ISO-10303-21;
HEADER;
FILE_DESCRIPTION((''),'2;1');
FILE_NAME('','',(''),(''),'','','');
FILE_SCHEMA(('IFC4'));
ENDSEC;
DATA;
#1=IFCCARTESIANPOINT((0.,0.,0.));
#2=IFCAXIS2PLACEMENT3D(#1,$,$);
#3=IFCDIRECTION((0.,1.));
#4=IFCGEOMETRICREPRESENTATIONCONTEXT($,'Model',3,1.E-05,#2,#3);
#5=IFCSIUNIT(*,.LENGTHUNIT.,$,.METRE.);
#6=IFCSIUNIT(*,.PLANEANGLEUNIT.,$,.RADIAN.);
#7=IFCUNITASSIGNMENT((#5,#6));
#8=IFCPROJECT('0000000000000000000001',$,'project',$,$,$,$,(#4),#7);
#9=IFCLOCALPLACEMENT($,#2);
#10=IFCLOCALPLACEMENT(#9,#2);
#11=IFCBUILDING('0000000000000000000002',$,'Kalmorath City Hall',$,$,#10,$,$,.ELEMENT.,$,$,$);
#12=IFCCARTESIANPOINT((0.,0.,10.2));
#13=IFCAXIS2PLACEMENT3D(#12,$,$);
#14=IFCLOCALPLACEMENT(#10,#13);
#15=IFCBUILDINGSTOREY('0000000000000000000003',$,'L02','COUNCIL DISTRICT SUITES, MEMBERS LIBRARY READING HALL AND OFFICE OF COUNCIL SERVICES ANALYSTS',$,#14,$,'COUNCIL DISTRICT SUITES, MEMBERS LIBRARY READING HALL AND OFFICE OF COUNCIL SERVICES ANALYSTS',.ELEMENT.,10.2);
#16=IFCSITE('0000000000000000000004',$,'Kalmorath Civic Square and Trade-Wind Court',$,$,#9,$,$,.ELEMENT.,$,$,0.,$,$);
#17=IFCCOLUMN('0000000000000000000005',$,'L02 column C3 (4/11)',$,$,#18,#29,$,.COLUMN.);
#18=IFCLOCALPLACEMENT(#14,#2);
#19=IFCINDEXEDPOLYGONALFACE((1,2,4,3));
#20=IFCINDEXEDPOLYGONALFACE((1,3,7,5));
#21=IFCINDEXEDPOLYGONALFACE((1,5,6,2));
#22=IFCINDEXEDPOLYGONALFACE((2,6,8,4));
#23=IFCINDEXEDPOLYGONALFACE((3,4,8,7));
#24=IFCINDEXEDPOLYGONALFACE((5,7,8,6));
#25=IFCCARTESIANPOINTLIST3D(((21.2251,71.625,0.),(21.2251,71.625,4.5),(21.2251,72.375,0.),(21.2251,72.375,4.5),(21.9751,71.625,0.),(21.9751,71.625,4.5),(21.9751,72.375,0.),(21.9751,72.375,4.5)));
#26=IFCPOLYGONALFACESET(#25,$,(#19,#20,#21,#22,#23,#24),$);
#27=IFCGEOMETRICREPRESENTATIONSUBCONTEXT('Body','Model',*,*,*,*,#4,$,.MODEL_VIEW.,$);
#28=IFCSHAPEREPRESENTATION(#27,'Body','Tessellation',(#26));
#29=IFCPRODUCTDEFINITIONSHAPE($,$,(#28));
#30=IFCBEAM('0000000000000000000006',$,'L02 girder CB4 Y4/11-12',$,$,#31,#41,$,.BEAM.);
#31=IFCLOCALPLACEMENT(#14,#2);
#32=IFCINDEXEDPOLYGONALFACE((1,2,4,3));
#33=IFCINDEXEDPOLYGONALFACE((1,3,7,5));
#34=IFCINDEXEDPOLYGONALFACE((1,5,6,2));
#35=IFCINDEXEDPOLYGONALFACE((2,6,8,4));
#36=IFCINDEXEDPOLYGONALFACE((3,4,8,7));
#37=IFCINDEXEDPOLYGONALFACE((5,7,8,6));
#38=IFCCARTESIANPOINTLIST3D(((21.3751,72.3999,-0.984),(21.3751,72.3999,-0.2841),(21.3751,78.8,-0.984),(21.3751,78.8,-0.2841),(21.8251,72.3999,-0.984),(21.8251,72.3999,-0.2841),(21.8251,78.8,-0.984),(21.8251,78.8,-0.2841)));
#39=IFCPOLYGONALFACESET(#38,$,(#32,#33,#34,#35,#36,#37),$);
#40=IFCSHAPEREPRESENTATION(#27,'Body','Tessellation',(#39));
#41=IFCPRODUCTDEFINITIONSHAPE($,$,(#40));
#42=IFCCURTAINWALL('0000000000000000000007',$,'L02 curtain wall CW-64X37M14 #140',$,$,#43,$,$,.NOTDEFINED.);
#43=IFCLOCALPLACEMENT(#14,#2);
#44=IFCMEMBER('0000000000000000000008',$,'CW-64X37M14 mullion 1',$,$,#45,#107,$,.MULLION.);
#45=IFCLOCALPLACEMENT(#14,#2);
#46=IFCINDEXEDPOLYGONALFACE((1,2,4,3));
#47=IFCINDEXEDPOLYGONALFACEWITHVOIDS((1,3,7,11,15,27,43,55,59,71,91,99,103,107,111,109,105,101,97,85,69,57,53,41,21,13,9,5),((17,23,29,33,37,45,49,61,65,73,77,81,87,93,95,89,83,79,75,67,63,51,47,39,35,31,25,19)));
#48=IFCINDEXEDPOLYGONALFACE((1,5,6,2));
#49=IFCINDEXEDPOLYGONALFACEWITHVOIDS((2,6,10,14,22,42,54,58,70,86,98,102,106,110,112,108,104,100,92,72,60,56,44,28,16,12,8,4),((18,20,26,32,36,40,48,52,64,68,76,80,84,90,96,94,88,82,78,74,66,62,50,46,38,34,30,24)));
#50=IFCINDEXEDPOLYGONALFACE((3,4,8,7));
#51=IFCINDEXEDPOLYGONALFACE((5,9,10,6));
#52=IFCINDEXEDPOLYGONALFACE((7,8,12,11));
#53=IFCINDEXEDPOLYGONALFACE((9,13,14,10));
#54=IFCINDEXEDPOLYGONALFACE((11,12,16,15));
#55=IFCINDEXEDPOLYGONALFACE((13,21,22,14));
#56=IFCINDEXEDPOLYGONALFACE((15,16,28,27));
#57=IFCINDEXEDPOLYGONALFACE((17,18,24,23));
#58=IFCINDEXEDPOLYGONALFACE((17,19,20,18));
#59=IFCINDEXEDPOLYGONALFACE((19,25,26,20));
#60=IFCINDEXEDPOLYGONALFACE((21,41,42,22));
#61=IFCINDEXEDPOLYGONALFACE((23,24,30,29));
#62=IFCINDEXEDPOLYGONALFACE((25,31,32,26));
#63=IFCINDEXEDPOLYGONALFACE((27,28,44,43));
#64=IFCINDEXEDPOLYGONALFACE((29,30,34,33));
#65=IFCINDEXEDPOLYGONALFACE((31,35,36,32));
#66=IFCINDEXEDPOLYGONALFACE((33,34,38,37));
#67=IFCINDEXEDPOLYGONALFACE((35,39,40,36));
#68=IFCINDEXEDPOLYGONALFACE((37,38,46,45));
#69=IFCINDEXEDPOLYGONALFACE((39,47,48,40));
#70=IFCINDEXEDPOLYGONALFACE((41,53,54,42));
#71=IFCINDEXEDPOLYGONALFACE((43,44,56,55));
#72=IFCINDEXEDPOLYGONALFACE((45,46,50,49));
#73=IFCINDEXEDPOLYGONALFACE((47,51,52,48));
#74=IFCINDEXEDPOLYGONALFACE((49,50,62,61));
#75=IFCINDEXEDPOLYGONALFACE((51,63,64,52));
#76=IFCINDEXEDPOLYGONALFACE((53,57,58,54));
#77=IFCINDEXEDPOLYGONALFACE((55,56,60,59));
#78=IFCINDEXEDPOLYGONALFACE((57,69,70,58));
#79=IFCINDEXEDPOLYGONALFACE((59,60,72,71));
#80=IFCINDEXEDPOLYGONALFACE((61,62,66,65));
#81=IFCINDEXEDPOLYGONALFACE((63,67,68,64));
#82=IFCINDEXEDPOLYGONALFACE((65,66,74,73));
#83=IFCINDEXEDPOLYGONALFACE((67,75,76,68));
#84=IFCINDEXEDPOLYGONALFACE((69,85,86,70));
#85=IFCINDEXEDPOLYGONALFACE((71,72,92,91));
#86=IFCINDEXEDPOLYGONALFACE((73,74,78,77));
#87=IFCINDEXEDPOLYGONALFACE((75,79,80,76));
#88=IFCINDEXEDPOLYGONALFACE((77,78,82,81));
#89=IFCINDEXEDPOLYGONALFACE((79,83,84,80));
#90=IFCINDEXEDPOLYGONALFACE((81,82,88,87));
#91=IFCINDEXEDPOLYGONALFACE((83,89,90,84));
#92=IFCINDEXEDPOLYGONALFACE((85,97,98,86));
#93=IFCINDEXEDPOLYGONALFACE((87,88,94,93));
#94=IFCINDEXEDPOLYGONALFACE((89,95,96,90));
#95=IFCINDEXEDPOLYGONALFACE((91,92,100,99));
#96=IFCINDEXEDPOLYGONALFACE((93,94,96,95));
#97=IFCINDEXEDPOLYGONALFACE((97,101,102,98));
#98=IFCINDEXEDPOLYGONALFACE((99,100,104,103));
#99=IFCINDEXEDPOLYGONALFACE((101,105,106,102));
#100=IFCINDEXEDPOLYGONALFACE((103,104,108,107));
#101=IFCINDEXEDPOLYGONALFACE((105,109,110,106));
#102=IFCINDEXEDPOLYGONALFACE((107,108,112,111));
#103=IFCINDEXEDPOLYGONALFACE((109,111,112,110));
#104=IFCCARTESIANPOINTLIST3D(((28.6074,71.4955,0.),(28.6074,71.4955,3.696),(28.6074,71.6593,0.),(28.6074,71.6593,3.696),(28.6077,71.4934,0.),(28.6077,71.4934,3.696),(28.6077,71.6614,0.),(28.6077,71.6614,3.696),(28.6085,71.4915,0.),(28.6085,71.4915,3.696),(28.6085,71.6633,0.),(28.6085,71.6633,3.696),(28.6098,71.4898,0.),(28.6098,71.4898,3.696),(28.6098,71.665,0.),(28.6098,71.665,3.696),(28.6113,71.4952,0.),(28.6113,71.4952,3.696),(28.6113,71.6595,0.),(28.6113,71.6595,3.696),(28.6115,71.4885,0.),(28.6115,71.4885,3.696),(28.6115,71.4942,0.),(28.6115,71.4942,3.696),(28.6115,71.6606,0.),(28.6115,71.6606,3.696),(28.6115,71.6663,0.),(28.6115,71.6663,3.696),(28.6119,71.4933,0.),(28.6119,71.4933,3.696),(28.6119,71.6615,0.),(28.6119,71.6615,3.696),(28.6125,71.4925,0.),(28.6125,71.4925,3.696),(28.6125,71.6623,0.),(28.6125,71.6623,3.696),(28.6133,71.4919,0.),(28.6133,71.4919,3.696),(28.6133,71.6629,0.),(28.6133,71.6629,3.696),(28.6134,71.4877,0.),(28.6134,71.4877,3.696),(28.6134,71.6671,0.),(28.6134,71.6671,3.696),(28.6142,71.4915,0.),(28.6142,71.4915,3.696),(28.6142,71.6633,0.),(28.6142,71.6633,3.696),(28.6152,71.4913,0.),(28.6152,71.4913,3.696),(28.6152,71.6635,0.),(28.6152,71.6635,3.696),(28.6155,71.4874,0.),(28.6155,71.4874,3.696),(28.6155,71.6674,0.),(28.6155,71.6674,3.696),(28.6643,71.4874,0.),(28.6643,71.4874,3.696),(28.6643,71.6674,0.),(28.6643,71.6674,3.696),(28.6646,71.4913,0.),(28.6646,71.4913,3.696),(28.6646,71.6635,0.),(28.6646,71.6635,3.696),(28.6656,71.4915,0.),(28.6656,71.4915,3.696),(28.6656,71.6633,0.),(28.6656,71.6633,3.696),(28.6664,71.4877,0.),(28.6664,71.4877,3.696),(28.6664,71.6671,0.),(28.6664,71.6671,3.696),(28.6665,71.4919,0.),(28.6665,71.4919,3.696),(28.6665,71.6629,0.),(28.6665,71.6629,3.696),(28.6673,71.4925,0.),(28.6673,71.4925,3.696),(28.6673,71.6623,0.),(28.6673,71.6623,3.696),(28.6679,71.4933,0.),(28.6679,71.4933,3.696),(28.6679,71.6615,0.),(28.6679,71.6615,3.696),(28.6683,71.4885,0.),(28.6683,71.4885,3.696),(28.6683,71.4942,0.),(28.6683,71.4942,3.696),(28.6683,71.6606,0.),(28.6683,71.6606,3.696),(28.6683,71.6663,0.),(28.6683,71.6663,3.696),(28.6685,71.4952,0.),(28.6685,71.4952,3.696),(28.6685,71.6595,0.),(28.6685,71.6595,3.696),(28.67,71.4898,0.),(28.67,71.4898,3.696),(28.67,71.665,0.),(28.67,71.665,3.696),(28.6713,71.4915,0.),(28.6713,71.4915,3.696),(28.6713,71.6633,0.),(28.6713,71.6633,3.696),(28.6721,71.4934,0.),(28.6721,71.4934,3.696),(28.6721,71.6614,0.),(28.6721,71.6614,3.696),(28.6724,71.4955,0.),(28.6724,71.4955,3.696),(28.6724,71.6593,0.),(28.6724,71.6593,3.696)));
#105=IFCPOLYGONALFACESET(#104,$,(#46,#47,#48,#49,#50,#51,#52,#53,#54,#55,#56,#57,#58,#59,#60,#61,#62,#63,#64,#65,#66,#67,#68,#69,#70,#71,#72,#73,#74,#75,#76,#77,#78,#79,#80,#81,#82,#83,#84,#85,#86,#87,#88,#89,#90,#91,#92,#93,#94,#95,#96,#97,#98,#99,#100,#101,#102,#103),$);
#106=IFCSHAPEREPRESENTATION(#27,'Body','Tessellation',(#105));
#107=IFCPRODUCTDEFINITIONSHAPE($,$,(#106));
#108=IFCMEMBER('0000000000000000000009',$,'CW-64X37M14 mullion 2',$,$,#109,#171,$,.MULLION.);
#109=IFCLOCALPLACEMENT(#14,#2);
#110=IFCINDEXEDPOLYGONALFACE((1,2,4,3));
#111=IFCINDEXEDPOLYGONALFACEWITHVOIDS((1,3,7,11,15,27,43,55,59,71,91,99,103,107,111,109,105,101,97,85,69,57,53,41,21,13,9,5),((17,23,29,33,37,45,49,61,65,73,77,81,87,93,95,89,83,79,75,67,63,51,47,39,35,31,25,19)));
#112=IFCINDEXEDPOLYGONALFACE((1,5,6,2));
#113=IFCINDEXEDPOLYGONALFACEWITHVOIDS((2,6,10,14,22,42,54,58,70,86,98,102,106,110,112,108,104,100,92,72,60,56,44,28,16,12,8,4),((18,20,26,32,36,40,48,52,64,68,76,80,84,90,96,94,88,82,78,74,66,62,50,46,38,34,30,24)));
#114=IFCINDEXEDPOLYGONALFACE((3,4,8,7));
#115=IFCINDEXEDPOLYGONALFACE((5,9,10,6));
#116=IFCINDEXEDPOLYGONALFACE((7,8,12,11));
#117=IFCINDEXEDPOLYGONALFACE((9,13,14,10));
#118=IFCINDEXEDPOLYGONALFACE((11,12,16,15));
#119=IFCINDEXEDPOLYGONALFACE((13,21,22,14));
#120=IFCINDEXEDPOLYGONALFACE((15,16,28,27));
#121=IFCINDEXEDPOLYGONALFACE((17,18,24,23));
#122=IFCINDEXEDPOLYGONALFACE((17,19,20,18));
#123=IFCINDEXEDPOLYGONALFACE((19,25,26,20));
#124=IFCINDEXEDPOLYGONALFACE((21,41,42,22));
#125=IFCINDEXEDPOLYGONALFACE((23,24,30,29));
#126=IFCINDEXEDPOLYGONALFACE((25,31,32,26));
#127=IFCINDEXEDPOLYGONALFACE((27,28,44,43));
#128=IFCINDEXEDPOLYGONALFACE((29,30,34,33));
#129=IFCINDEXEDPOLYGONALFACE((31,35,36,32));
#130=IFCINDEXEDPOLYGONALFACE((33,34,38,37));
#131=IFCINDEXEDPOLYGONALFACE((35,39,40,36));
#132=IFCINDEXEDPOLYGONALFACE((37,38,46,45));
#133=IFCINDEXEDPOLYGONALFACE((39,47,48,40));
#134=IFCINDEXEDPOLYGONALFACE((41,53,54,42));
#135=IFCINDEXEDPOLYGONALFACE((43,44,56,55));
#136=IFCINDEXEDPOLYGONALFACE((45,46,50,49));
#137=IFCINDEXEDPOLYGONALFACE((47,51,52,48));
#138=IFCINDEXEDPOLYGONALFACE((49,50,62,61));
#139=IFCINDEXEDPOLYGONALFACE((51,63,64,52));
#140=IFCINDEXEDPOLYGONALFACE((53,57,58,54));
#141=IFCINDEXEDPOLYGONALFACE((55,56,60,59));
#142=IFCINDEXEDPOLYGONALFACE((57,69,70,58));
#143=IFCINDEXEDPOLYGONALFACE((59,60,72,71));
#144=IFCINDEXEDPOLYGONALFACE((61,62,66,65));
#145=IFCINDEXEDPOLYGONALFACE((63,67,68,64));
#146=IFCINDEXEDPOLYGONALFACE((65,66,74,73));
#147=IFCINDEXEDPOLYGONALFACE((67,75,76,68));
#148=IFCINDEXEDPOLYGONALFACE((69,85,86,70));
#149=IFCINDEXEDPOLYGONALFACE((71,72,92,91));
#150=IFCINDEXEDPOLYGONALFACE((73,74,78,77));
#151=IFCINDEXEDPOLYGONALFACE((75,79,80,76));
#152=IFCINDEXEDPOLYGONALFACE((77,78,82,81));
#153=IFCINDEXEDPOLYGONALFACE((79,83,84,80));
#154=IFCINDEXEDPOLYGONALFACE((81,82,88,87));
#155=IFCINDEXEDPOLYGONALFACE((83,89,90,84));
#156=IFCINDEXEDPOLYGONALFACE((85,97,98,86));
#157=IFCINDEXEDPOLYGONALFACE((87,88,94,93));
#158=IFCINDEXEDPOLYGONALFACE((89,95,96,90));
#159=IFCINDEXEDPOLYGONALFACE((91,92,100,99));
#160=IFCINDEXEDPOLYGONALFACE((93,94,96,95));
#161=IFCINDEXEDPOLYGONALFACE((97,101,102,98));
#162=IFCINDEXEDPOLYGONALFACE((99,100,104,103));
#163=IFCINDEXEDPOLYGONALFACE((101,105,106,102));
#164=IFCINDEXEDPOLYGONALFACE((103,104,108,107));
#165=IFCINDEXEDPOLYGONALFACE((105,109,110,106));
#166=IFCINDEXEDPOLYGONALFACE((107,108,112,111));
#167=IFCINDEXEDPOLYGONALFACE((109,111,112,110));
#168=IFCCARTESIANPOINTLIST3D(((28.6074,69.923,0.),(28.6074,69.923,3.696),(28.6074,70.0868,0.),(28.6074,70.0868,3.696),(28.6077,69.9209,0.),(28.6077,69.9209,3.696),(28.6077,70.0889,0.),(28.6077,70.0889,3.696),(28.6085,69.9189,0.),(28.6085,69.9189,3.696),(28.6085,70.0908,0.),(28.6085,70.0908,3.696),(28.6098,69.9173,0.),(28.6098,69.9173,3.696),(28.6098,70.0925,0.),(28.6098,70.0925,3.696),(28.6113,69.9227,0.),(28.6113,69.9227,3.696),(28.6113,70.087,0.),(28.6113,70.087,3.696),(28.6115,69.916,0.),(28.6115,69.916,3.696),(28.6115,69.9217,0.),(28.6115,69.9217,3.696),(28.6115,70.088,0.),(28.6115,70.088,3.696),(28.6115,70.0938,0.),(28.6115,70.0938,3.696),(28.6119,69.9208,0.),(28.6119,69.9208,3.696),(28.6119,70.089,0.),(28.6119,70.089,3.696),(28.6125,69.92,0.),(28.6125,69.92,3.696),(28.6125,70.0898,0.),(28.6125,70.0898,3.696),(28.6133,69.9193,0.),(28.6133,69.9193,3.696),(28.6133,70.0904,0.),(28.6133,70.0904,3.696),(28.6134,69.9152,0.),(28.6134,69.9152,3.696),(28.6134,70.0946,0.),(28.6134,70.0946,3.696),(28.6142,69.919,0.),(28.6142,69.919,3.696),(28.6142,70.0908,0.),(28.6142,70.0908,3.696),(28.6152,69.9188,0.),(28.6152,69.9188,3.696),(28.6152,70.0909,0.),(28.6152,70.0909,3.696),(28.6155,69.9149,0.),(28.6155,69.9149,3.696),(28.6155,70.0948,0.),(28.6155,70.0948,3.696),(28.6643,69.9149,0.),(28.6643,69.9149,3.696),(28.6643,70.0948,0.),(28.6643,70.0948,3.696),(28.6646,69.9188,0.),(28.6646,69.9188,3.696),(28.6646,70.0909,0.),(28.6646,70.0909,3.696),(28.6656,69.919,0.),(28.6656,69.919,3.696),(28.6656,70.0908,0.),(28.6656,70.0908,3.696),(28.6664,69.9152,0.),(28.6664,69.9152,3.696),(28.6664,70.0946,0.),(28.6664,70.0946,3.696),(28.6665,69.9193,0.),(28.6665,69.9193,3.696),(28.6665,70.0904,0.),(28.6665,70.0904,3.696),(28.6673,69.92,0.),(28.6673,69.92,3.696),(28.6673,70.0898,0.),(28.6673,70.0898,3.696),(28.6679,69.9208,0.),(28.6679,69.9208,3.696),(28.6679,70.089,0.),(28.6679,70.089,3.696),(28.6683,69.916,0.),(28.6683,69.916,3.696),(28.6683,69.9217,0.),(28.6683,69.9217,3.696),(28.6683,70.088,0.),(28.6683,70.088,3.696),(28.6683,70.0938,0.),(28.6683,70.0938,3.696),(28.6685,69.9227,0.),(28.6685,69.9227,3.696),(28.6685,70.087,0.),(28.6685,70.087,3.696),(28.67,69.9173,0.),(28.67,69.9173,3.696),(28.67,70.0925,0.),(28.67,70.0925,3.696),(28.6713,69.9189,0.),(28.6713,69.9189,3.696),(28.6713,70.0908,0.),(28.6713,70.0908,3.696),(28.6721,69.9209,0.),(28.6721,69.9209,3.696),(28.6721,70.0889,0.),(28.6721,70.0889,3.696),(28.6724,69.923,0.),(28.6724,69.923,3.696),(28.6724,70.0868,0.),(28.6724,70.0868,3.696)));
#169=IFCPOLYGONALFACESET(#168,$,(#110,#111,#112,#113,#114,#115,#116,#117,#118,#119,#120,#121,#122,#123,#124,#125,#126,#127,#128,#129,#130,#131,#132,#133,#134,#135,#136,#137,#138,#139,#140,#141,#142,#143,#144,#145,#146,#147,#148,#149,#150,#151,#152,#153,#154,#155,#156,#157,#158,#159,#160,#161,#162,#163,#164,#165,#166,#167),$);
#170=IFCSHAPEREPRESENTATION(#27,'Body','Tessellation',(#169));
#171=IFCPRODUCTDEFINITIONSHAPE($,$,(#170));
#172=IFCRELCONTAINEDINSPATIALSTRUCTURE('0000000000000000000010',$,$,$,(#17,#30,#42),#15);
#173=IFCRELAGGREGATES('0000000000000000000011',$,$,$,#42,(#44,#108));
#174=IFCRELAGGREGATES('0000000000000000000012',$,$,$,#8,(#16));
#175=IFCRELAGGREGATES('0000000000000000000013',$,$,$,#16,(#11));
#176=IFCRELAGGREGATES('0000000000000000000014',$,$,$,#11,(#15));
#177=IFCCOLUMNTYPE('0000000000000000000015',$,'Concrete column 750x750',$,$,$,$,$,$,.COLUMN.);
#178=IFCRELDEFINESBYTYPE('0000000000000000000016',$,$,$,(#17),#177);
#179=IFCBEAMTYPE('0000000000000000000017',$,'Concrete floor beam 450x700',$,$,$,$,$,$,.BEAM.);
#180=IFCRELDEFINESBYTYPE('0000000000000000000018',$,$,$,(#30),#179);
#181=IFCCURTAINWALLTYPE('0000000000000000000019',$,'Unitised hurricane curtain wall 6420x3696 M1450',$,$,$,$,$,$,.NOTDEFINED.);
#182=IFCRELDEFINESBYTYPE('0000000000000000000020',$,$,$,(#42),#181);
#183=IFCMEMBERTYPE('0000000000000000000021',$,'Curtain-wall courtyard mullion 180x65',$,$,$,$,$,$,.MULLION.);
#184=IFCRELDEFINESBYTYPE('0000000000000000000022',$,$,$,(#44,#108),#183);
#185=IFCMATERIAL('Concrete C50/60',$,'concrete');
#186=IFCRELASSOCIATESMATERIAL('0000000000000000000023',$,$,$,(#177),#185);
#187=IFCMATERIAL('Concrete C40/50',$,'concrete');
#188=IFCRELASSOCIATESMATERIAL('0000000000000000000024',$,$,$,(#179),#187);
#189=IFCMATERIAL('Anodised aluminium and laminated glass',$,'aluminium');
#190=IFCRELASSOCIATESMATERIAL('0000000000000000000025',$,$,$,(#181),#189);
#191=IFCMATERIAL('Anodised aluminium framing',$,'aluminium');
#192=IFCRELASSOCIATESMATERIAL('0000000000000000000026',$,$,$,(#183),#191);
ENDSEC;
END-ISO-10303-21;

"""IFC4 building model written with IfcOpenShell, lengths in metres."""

from ifc_helpers import new_model, si_unit, direction, frame, origin, origin_2d, place, context, subcontext, project, spatial, rectangle, hollow_rectangle, extrude, material, material_profile, profile_set, type_object, element, aggregate, save


model = new_model("IFC4")

# Units and contexts
model_context = context("Model", 3, precision=1e-05, world=origin(), true_north=direction((0.0, 1.0)))
body_context = subcontext(model_context, "Body", "Model", "MODEL_VIEW")
ifc_project = project(units=[si_unit("LENGTHUNIT", "METRE"), si_unit("PLANEANGLEUNIT", "RADIAN")], contexts=[model_context])

# Site, building, storey
site_placement = place(None, origin())
site = spatial("IfcSite", under=ifc_project, at=site_placement, Name="Kalmorath Civic Square and Trade-Wind Court", CompositionType="ELEMENT", RefElevation=0.0)
building_placement = place(site_placement, origin())
building = spatial("IfcBuilding", under=site, at=building_placement, Name="Kalmorath City Hall", CompositionType="ELEMENT")
storey_placement = place(building_placement, frame((0.0, 0.0, 10.2)))
storey = spatial("IfcBuildingStorey", under=building, at=storey_placement, Name="L02", Description="COUNCIL DISTRICT SUITES, MEMBERS LIBRARY READING HALL AND OFFICE OF COUNCIL SERVICES ANALYSTS", LongName="COUNCIL DISTRICT SUITES, MEMBERS LIBRARY READING HALL AND OFFICE OF COUNCIL SERVICES ANALYSTS", CompositionType="ELEMENT", Elevation=10.2)

# Column
ifc_material_1 = material(Name="Concrete C50/60", Category="concrete")
ifc_material_profile_1 = material_profile(ifc_material_1, rectangle(XDim=0.75, YDim=0.75, at=origin_2d()), Name="RC-COL-750X750")
ifc_profile_set_1 = profile_set([ifc_material_profile_1], Name="Concrete C50/60")
column_type = type_object("IfcColumnType", Name="Concrete column 750x750", PredefinedType="COLUMN", material=ifc_profile_set_1)
column_placement = place(storey_placement, frame((21.6001, 72.0, 0.0), z_axis=(0.0, 0.0, 1.0), x_axis=(1.0, 0.0, 0.0)))
element("IfcColumn", 1, at=column_placement, inside=storey, type_object=column_type, Name="L02 column C3 (4/11)", PredefinedType="COLUMN", context=body_context, shape_type="SweptSolid", body=[
    extrude(rectangle(XDim=0.75, YDim=0.75, at=origin_2d()), origin(), (0.0, 0.0, 1.0), 4.5),
])

# Beam
ifc_material_2 = material(Name="Concrete C40/50", Category="concrete")
ifc_material_profile_2 = material_profile(ifc_material_2, rectangle(XDim=0.45, YDim=0.7, at=origin_2d()), Name="RC-BM-450X700")
ifc_profile_set_2 = profile_set([ifc_material_profile_2], Name="Concrete C40/50")
beam_type_1 = type_object("IfcBeamType", Name="Concrete floor beam 450x700", PredefinedType="BEAM", material=ifc_profile_set_2)
beam_1_placement = place(storey_placement, frame((21.6001, 72.3999, -0.634), z_axis=(0.0, 1.0, 0.0), x_axis=(-1.0, 0.0, 0.0)))
element("IfcBeam", 2, at=beam_1_placement, inside=storey, type_object=beam_type_1, Name="L02 girder CB4 Y4/11-12", PredefinedType="BEAM", context=body_context, shape_type="SweptSolid", body=[
    extrude(rectangle(XDim=0.45, YDim=0.7, at=origin_2d()), origin(), (0.0, 0.0, 1.0), 6.4001),
])

# Curtain wall, members
ifc_material_3 = material(Name="Anodised aluminium and laminated glass", Category="aluminium")
curtain_wall_type = type_object("IfcCurtainWallType", Name="Unitised hurricane curtain wall 6420x3696 M1450", PredefinedType="NOTDEFINED", material=ifc_material_3)
curtain_wall_placement = place(storey_placement, origin())
curtain_wall = element("IfcCurtainWall", 3, at=curtain_wall_placement, inside=storey, type_object=curtain_wall_type, Name="L02 curtain wall CW-64X37M14 #140", PredefinedType="NOTDEFINED")
ifc_material_4 = material(Name="Anodised aluminium framing", Category="aluminium")
ifc_material_profile_3 = material_profile(ifc_material_4, hollow_rectangle(XDim=0.0649, YDim=0.1799, WallThickness=0.0039, InnerFilletRadius=0.0039, OuterFilletRadius=0.0081, at=origin_2d()), Name="ALU-MUL-180X65X4")
ifc_profile_set_3 = profile_set([ifc_material_profile_3], Name="Anodised aluminium framing")
member_type_1 = type_object("IfcMemberType", Name="Curtain-wall courtyard mullion 180x65", PredefinedType="MULLION", material=ifc_profile_set_3)
member_1_placement = place(storey_placement, frame((28.6399, 71.5774, 0.0), z_axis=(0.0, 0.0, 1.0), x_axis=(1.0, 0.0, 0.0)))
member_1 = element("IfcMember", 4, at=member_1_placement, type_object=member_type_1, Name="CW-64X37M14 mullion 1", PredefinedType="MULLION", context=body_context, shape_type="SweptSolid", body=[
    extrude(hollow_rectangle(XDim=0.0649, YDim=0.1799, WallThickness=0.0039, InnerFilletRadius=0.0039, OuterFilletRadius=0.0081, at=origin_2d()), origin(), (0.0, 0.0, 1.0), 3.696),
])
member_2_placement = place(storey_placement, frame((28.6399, 70.0049, 0.0), z_axis=(0.0, 0.0, 1.0), x_axis=(1.0, 0.0, 0.0)))
member_2 = element("IfcMember", 5, at=member_2_placement, type_object=member_type_1, Name="CW-64X37M14 mullion 2", PredefinedType="MULLION", context=body_context, shape_type="SweptSolid", body=[
    extrude(hollow_rectangle(XDim=0.0649, YDim=0.1799, WallThickness=0.0039, InnerFilletRadius=0.0039, OuterFilletRadius=0.0081, at=origin_2d()), origin(), (0.0, 0.0, 1.0), 3.696),
])

aggregate(curtain_wall, [member_1, member_2])

save(model, "model.ifc")
